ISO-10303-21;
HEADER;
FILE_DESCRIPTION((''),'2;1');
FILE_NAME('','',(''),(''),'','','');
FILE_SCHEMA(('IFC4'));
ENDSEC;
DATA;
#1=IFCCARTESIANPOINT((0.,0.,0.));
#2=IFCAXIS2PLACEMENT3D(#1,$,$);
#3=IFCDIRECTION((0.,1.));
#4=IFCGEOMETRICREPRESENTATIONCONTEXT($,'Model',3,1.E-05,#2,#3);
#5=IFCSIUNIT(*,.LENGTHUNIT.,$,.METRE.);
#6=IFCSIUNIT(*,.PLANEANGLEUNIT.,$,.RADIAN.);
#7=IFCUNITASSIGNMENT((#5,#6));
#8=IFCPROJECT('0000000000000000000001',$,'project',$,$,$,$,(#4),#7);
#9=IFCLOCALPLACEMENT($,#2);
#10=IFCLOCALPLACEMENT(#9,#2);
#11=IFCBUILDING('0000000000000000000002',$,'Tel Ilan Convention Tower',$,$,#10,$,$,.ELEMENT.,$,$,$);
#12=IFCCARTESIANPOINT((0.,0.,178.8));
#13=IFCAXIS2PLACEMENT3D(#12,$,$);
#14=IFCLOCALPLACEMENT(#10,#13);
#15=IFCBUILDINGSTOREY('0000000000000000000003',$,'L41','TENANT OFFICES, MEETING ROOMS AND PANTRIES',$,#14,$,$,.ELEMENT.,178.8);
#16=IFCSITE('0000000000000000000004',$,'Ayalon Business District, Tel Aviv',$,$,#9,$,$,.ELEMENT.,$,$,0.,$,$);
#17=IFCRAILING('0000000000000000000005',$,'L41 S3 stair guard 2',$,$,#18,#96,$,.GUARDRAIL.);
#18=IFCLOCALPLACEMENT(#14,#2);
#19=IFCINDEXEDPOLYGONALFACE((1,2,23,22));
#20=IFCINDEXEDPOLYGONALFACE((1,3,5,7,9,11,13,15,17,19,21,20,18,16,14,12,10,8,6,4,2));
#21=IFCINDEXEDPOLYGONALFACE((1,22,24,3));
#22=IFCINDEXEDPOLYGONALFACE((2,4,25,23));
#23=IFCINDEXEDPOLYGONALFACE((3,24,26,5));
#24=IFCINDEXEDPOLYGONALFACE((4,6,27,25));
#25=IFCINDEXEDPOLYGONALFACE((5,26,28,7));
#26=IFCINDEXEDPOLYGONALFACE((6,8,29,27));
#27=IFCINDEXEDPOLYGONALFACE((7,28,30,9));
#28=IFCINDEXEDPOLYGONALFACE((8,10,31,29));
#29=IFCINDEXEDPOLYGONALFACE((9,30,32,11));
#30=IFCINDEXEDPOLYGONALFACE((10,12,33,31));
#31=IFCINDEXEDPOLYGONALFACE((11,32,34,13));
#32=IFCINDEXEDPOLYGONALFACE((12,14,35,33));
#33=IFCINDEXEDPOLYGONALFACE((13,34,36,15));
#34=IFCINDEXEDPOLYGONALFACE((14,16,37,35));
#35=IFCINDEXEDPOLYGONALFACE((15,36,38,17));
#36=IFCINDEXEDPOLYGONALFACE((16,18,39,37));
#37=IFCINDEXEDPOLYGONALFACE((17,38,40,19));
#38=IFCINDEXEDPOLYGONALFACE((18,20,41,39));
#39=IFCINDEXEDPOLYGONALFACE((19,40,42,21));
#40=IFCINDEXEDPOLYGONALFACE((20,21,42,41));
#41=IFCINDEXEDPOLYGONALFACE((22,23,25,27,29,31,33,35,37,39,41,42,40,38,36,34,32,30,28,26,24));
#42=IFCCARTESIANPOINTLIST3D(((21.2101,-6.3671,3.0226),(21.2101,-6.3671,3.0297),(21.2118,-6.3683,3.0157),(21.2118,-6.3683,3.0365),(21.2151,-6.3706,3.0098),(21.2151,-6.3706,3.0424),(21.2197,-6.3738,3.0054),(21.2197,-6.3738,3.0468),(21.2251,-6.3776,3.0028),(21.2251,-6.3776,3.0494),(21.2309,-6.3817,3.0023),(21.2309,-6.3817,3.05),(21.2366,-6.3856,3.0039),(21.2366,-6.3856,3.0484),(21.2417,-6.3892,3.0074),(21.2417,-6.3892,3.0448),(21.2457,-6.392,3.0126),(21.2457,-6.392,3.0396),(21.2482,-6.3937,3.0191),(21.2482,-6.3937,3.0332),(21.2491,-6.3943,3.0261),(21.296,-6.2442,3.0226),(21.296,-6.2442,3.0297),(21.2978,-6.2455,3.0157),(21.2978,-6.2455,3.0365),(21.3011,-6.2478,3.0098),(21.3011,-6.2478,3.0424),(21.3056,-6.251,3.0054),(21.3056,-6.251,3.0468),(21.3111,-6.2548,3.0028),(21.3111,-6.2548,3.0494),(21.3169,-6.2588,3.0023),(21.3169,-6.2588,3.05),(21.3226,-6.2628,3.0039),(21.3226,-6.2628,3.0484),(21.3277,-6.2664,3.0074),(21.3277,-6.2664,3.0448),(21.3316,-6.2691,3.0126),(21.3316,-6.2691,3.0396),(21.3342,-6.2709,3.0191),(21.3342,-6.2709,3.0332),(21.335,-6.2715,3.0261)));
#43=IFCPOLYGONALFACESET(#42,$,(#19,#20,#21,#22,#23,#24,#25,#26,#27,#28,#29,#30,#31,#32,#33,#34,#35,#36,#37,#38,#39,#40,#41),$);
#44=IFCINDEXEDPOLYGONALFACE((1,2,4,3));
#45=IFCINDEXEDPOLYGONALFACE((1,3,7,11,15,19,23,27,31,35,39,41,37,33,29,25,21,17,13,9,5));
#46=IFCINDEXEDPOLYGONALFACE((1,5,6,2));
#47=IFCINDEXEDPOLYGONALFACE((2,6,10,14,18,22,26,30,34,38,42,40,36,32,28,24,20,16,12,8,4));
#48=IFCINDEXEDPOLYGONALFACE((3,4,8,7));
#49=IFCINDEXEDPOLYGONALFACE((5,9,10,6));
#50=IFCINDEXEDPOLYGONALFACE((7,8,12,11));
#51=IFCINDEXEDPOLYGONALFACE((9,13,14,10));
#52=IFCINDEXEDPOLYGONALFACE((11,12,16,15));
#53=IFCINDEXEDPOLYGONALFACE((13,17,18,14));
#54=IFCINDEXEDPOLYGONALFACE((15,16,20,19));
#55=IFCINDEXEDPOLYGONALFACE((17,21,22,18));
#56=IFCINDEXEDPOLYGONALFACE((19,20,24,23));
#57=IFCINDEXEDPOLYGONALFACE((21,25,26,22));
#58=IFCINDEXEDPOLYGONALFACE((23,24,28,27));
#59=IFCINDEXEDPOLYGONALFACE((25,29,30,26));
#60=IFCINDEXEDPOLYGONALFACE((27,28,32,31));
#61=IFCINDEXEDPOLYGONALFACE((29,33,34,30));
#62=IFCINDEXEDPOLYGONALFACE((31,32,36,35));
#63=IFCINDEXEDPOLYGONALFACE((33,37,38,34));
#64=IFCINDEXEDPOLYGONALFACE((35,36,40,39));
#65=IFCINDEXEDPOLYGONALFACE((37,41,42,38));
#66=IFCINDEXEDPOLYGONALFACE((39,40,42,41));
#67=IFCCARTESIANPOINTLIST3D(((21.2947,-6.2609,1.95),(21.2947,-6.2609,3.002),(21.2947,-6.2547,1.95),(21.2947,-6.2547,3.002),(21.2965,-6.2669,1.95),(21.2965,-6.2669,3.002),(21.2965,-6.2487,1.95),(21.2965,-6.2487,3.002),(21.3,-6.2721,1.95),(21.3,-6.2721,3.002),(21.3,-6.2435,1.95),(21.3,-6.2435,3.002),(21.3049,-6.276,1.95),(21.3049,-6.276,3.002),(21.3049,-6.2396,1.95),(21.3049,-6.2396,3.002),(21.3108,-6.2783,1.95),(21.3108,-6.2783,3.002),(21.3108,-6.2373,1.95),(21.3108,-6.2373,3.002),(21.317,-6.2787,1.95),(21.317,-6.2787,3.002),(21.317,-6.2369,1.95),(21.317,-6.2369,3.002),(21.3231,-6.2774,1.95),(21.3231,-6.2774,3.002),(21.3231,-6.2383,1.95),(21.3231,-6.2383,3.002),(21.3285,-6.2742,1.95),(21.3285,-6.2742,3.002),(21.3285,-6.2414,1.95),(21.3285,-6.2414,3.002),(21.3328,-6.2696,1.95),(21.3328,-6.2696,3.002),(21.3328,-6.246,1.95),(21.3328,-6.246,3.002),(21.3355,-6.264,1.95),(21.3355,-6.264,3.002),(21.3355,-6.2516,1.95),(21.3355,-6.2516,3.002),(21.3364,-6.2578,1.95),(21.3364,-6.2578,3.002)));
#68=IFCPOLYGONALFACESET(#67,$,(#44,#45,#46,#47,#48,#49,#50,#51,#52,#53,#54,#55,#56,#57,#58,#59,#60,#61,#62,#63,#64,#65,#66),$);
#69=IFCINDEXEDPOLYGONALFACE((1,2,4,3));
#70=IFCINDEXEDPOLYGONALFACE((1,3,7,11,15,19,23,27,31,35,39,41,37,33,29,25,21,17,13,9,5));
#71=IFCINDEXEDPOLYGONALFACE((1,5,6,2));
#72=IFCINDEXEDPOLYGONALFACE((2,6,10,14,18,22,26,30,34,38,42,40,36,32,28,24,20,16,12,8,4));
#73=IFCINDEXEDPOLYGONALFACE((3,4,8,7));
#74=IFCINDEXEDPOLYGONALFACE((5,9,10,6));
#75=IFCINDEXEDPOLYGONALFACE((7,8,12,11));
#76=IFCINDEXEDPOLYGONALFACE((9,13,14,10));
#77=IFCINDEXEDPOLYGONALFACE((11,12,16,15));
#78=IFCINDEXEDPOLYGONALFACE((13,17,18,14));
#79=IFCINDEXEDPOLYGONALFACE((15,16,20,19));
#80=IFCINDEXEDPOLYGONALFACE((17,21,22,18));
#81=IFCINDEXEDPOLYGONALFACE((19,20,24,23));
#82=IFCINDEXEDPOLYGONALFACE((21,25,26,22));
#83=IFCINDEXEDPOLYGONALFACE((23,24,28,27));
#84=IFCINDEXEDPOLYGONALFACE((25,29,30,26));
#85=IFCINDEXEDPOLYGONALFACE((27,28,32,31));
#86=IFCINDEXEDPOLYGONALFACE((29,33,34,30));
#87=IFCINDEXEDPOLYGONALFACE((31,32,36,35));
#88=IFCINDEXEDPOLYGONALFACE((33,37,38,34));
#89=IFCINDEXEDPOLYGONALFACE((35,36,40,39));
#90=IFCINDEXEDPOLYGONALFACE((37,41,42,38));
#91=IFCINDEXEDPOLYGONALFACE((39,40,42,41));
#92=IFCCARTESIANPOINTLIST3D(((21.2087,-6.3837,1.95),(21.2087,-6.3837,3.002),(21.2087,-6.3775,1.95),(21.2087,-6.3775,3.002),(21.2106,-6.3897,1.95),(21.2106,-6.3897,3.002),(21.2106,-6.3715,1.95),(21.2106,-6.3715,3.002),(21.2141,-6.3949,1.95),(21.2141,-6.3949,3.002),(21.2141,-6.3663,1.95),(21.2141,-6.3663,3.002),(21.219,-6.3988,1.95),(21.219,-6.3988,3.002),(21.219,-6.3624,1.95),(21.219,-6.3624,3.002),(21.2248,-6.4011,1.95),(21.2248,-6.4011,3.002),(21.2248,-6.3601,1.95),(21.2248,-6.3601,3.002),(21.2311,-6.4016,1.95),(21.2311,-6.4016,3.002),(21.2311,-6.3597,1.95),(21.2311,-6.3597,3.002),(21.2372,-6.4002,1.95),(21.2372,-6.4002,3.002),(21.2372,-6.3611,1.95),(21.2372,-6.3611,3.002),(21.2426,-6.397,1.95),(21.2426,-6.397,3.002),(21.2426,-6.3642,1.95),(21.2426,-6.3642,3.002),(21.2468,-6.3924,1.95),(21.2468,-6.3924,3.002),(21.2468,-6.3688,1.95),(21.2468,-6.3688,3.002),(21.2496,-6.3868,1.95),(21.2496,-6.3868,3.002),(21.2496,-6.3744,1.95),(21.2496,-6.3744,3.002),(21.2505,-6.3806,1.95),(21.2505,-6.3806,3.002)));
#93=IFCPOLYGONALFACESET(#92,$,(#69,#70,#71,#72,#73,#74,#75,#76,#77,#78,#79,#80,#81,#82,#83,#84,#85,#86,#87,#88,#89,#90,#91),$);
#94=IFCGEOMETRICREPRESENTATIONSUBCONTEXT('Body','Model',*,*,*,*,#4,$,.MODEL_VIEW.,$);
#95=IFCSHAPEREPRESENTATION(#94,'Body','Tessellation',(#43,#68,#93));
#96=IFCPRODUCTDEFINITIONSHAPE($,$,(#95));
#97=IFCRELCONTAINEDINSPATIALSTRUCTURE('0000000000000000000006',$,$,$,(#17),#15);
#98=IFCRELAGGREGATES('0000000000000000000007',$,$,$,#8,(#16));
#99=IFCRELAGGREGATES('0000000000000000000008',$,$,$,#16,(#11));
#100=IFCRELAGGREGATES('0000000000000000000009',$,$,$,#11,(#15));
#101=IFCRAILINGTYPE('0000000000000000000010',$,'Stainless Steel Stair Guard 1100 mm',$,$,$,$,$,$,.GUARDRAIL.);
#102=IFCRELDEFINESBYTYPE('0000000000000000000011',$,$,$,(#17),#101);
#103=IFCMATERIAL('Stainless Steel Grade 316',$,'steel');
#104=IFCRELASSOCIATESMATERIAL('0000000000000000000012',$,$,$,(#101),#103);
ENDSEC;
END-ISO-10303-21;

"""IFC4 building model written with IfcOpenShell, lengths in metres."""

from ifc_helpers import new_model, si_unit, direction, frame, origin, origin_2d, place, context, subcontext, project, spatial, circle, extrude, material, type_object, element, save


model = new_model("IFC4")

# Units and contexts
model_context = context("Model", 3, precision=1e-05, world=origin(), true_north=direction((0.0, 1.0)))
body_context = subcontext(model_context, "Body", "Model", "MODEL_VIEW")
ifc_project = project(units=[si_unit("LENGTHUNIT", "METRE"), si_unit("PLANEANGLEUNIT", "RADIAN")], contexts=[model_context])

# Site, building, storey
site_placement = place(None, origin())
site = spatial("IfcSite", under=ifc_project, at=site_placement, Name="Ayalon Business District, Tel Aviv", CompositionType="ELEMENT", RefElevation=0.0)
building_placement = place(site_placement, origin())
building = spatial("IfcBuilding", under=site, at=building_placement, Name="Tel Ilan Convention Tower", CompositionType="ELEMENT")
storey_placement = place(building_placement, frame((0.0, 0.0, 178.8)))
storey = spatial("IfcBuildingStorey", under=building, at=storey_placement, Name="L41", Description="TENANT OFFICES, MEETING ROOMS AND PANTRIES", CompositionType="ELEMENT", Elevation=178.8)

# Railing
ifc_material_1 = material(Name="Stainless Steel Grade 316", Category="steel")
railing_type_1 = type_object("IfcRailingType", Name="Stainless Steel Stair Guard 1100 mm", PredefinedType="GUARDRAIL", material=ifc_material_1)
railing_1_placement = place(storey_placement, frame((21.3154, -6.2578, 1.95)))
element("IfcRailing", 1, at=railing_1_placement, inside=storey, type_object=railing_type_1, Name="L41 S3 stair guard 2", PredefinedType="GUARDRAIL", context=body_context, shape_type="SweptSolid", body=[
    extrude(circle(Radius=0.0239, at=origin_2d()), frame((0.0, 0.0, 1.0762), z_axis=(-0.573353, -0.819308, 0.0), x_axis=(0.819308, -0.573353, 0.0)), (0.0, 0.0, 1.0), 0.1499),
    extrude(circle(Radius=0.021, at=origin_2d()), origin(), (0.0, 0.0, 1.0), 1.052),
    extrude(circle(Radius=0.021, at=origin_2d()), frame((-0.0859, -0.1228, 0.0)), (0.0, 0.0, 1.0), 1.052),
])

save(model, "model.ifc")
